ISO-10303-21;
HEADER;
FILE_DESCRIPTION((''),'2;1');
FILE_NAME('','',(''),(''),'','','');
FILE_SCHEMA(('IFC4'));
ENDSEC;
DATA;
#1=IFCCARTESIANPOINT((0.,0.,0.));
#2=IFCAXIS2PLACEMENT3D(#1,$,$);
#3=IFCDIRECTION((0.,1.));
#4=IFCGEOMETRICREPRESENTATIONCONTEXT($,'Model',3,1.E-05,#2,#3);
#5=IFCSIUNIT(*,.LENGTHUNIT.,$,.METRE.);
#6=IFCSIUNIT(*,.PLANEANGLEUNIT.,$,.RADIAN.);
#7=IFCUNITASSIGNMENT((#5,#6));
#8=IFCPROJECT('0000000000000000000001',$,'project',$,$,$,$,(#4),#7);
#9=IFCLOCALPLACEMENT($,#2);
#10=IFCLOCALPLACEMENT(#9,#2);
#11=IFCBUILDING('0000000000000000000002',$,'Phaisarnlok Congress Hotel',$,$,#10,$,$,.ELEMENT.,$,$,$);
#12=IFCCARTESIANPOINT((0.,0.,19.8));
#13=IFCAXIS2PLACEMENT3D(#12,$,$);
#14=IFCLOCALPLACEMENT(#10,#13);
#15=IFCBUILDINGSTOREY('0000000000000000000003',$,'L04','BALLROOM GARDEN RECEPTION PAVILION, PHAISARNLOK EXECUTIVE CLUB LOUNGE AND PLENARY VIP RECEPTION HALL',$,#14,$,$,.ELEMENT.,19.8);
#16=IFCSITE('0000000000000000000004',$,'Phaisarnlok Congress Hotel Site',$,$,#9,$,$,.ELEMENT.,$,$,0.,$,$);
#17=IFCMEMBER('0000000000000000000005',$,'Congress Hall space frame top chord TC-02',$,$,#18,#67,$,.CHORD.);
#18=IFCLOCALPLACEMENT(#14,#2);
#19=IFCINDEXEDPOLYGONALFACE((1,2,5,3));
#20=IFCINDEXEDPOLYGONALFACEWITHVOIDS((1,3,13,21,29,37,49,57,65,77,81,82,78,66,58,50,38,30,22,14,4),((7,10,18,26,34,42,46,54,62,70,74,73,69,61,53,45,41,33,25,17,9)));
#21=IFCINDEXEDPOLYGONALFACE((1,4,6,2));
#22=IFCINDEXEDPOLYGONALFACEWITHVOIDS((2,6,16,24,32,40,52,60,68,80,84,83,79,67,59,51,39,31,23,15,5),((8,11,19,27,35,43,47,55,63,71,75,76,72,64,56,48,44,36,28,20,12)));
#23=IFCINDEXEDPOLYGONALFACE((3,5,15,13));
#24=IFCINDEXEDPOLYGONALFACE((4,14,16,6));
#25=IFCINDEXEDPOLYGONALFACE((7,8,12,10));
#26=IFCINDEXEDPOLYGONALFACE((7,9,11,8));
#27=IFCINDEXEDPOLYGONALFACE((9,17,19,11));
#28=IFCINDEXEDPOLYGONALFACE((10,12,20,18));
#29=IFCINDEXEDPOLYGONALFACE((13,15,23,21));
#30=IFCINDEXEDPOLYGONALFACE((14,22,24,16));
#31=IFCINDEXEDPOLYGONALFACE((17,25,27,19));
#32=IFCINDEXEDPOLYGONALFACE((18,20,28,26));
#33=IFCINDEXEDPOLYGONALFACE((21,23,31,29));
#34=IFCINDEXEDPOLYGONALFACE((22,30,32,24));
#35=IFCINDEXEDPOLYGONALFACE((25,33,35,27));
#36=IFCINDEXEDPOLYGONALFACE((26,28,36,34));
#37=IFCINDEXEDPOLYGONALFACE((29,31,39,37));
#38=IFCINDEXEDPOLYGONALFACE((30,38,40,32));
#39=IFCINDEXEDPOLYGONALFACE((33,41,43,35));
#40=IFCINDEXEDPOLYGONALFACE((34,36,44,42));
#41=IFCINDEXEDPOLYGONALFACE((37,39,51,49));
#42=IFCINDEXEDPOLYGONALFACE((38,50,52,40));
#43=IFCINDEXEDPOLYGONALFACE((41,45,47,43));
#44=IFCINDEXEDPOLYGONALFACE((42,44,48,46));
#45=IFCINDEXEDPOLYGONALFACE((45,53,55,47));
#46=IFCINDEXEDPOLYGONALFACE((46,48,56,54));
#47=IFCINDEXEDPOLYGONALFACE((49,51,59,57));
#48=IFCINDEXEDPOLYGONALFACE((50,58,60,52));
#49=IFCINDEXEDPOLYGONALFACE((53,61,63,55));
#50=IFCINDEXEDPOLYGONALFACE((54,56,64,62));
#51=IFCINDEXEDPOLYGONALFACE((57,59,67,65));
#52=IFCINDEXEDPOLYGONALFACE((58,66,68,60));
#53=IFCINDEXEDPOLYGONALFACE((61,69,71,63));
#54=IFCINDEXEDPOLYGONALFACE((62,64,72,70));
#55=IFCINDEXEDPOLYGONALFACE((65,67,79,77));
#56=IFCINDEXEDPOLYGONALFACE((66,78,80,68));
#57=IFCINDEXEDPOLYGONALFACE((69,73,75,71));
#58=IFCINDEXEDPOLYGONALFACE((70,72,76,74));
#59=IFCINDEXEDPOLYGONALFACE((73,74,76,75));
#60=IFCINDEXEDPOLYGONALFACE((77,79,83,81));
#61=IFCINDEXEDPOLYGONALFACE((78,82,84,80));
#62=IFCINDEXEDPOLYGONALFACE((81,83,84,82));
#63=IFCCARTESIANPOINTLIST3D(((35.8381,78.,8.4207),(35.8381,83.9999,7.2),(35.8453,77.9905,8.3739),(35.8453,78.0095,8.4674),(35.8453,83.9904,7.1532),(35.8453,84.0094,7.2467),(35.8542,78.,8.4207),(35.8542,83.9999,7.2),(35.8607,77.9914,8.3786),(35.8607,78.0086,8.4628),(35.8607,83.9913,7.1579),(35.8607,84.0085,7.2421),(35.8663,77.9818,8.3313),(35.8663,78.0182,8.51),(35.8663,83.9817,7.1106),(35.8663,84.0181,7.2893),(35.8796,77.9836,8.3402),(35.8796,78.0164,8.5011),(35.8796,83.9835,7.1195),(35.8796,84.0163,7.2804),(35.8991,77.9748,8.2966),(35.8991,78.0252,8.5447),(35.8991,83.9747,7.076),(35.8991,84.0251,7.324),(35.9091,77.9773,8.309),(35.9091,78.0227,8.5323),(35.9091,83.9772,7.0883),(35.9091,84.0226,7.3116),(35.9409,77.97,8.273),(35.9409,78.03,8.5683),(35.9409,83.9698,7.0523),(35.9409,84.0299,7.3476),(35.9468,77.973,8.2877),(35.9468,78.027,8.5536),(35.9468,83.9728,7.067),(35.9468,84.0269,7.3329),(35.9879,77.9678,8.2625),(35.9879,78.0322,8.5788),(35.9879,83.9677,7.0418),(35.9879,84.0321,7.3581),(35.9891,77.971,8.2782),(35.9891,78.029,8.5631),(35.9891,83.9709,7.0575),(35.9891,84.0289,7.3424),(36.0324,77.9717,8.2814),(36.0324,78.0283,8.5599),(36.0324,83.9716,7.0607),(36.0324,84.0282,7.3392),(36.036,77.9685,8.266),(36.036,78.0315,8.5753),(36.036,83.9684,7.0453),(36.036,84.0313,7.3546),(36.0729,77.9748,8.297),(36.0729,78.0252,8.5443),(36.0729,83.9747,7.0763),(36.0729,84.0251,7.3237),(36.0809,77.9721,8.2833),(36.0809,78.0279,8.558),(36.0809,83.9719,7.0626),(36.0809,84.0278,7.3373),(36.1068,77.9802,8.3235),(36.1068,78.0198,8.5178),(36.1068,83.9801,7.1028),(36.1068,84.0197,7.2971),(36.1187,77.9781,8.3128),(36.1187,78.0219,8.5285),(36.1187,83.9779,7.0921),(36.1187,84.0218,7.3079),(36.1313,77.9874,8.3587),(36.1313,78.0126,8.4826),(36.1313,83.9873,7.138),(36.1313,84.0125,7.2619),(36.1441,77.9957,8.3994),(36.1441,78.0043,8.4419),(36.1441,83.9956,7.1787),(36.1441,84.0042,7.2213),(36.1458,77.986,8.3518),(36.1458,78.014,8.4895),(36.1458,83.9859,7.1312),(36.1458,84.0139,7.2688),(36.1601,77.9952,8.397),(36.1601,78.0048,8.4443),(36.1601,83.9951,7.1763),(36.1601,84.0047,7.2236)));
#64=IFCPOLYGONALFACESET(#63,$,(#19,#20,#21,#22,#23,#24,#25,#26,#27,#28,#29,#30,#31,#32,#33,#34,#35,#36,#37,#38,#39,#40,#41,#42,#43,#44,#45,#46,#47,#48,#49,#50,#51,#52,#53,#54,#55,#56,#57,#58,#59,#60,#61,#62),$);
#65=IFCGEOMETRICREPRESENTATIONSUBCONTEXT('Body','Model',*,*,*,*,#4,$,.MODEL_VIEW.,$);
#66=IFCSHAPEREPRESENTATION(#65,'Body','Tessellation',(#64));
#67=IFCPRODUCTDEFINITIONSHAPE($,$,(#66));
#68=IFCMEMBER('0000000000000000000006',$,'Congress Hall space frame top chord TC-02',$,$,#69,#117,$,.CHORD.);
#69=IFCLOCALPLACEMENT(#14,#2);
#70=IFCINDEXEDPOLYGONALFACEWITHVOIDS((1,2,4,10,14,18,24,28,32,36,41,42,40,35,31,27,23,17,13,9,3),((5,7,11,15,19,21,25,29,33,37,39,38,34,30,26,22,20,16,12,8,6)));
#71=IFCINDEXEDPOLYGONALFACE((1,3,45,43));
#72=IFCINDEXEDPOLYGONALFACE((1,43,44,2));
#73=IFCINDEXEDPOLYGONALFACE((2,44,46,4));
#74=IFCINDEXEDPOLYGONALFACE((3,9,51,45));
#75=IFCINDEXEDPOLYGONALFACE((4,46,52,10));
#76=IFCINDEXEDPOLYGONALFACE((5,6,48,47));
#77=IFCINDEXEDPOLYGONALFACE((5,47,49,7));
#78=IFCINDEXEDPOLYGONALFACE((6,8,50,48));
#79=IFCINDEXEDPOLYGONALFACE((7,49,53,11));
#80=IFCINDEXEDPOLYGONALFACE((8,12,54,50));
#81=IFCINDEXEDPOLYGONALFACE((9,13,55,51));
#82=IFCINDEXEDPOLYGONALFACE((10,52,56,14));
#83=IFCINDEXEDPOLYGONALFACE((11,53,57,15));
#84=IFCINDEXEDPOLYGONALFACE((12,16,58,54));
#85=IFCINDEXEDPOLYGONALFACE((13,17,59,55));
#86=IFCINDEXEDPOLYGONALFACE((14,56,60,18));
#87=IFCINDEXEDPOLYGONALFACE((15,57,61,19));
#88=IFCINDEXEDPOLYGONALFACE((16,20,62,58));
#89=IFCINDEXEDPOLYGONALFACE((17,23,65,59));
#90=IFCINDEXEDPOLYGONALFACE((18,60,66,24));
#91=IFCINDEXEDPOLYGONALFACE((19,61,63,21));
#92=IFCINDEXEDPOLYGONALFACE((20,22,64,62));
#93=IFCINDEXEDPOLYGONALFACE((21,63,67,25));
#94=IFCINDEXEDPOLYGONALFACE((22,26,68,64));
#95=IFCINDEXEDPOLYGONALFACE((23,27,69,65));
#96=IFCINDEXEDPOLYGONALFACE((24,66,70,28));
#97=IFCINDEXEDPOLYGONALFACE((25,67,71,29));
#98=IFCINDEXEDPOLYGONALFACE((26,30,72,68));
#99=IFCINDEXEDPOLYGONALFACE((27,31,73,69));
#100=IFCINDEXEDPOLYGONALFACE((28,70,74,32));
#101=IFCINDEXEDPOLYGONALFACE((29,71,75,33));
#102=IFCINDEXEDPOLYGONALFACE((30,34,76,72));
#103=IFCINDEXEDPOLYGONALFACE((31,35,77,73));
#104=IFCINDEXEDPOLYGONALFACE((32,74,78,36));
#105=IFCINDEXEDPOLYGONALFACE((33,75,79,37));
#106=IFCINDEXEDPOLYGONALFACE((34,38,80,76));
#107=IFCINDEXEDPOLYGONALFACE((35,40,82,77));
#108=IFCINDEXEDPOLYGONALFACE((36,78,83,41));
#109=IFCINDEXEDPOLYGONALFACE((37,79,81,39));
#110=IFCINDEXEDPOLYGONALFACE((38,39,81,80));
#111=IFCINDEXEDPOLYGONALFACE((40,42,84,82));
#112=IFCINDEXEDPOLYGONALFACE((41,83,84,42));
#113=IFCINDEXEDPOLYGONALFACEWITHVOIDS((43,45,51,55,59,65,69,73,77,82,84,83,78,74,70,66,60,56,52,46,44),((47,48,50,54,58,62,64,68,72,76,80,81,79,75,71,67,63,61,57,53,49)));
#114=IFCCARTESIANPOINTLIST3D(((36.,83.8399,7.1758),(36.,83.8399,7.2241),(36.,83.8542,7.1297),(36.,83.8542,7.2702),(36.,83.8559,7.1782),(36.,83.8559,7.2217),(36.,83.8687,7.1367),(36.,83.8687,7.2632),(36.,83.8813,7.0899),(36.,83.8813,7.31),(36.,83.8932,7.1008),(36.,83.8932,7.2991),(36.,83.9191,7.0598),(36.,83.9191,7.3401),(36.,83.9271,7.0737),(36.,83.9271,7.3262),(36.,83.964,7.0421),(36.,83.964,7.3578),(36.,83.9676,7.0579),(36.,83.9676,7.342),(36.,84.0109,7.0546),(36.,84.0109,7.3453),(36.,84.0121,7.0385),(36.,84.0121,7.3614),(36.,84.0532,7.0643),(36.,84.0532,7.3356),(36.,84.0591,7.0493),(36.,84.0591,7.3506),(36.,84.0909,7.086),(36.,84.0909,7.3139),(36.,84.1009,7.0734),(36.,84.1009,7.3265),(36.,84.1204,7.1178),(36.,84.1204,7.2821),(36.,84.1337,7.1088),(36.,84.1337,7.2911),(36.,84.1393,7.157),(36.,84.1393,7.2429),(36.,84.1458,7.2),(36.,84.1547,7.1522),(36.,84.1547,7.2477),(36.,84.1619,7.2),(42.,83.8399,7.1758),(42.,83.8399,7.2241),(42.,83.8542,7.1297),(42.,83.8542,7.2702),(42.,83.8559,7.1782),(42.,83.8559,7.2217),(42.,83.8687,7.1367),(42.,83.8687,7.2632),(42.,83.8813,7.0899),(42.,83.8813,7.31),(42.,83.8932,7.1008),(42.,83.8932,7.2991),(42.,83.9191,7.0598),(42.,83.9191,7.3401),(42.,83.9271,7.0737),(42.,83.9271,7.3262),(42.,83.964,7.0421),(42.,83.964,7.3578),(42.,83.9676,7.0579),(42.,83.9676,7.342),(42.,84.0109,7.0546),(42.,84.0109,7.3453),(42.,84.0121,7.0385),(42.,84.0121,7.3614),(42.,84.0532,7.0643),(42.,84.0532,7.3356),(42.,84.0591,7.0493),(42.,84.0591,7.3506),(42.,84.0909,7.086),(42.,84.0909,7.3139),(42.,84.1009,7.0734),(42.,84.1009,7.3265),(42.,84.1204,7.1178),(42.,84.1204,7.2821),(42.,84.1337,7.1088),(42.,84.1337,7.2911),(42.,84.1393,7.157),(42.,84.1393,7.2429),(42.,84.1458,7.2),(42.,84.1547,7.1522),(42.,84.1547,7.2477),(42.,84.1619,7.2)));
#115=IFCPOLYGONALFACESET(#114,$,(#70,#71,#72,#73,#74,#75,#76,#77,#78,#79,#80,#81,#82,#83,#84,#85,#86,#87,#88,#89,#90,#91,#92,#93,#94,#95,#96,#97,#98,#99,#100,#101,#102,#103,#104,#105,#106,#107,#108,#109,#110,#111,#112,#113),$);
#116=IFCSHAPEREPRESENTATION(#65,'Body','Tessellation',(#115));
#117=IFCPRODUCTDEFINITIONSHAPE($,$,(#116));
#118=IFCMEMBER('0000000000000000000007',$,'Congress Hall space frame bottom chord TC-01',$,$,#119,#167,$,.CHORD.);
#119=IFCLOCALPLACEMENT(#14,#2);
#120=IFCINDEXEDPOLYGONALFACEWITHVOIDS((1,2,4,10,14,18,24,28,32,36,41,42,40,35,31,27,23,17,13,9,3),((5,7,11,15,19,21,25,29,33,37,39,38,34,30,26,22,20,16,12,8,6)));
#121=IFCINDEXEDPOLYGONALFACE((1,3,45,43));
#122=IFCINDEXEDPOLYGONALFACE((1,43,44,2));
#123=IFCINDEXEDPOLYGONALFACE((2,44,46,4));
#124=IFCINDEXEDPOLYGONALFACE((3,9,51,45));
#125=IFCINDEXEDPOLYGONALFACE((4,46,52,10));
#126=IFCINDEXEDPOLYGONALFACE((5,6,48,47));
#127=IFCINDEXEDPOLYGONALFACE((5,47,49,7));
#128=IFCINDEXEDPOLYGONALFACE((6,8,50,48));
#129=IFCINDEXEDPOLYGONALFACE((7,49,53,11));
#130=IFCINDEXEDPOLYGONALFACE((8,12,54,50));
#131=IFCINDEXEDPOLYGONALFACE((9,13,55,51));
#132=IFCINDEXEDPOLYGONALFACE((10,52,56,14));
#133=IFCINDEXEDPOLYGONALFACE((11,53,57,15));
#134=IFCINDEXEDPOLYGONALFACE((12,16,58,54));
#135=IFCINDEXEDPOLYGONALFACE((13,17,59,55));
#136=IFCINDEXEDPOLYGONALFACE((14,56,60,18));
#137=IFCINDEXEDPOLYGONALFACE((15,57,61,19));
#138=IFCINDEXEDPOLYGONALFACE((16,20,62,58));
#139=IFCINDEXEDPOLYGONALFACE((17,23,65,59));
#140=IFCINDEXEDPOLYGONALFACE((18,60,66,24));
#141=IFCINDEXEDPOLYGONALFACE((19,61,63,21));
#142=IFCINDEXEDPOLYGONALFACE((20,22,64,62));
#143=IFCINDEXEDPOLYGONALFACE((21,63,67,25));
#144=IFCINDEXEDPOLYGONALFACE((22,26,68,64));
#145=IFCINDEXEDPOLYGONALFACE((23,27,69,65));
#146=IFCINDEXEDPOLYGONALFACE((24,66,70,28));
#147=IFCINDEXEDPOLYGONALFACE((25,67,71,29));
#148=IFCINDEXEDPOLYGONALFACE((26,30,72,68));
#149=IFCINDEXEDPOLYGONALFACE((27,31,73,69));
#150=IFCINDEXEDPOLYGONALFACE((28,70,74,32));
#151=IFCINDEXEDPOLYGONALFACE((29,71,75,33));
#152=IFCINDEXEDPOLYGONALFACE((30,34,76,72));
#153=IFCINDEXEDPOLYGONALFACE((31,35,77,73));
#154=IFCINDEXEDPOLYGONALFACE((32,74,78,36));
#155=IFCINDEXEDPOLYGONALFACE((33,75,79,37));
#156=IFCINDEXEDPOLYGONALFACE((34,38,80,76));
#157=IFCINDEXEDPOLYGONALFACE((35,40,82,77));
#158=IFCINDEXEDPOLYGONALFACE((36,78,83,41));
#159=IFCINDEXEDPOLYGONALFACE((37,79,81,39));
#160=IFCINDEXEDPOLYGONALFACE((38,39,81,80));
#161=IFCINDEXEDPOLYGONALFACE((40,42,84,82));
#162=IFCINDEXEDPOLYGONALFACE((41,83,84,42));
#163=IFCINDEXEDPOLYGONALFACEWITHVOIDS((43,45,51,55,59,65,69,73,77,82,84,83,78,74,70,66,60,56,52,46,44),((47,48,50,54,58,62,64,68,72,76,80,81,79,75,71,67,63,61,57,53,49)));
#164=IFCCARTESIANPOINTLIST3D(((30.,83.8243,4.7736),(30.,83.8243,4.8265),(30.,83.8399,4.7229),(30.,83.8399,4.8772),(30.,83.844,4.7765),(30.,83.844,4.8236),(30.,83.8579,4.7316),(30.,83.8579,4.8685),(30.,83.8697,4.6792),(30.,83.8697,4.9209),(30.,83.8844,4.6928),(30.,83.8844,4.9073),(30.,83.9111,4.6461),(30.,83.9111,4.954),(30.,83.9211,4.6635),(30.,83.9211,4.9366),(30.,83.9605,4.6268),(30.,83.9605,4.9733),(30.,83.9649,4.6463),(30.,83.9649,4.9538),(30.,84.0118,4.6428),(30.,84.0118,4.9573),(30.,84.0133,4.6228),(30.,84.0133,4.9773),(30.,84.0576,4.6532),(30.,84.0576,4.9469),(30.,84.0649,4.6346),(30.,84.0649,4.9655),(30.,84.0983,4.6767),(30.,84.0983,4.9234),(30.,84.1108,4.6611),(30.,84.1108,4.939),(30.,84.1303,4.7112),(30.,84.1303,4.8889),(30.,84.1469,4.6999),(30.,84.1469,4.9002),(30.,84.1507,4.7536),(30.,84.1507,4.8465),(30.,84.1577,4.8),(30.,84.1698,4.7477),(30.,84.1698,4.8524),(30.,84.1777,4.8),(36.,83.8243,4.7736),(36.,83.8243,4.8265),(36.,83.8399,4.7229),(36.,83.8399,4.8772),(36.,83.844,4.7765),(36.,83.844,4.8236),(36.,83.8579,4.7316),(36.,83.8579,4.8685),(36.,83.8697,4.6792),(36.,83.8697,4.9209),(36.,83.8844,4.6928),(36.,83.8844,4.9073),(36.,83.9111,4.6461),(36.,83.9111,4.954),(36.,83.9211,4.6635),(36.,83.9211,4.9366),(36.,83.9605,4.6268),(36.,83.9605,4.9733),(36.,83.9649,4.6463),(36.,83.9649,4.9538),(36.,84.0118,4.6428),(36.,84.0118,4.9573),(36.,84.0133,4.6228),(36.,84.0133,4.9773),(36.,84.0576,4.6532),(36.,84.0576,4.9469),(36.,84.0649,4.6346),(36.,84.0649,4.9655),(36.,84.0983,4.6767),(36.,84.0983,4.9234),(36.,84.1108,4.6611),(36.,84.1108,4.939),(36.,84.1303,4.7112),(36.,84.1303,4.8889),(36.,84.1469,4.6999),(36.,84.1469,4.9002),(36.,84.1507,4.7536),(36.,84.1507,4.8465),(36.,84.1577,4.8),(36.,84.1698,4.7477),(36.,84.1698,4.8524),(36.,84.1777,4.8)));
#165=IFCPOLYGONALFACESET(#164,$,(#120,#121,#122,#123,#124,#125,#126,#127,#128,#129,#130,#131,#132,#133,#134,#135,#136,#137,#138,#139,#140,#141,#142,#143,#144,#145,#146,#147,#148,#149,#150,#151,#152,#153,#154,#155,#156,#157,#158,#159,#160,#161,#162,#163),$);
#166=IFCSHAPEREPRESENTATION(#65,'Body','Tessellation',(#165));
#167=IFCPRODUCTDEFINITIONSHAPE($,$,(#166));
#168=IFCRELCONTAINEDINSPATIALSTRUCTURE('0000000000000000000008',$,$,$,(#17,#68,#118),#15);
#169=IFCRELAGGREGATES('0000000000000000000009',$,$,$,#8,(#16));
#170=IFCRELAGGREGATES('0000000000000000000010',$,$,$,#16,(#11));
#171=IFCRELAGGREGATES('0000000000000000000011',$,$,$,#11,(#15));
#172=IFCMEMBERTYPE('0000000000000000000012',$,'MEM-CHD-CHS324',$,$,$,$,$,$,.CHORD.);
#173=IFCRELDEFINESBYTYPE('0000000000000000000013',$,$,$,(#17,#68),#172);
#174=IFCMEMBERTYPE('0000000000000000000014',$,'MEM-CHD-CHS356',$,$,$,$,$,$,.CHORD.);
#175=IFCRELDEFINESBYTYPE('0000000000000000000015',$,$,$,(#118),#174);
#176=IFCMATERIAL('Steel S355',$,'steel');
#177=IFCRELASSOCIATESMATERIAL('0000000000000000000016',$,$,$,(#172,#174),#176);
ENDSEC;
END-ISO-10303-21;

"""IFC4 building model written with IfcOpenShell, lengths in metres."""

from ifc_helpers import new_model, si_unit, direction, frame, origin, origin_2d, place, context, subcontext, project, spatial, hollow_circle, extrude, material, material_profile, profile_set, type_object, element, save


model = new_model("IFC4")

# Units and contexts
model_context = context("Model", 3, precision=1e-05, world=origin(), true_north=direction((0.0, 1.0)))
body_context = subcontext(model_context, "Body", "Model", "MODEL_VIEW")
ifc_project = project(units=[si_unit("LENGTHUNIT", "METRE"), si_unit("PLANEANGLEUNIT", "RADIAN")], contexts=[model_context])

# Site, building, storey
site_placement = place(None, origin())
site = spatial("IfcSite", under=ifc_project, at=site_placement, Name="Phaisarnlok Congress Hotel Site", CompositionType="ELEMENT", RefElevation=0.0)
building_placement = place(site_placement, origin())
building = spatial("IfcBuilding", under=site, at=building_placement, Name="Phaisarnlok Congress Hotel", CompositionType="ELEMENT")
storey_placement = place(building_placement, frame((0.0, 0.0, 19.8)))
storey = spatial("IfcBuildingStorey", under=building, at=storey_placement, Name="L04", Description="BALLROOM GARDEN RECEPTION PAVILION, PHAISARNLOK EXECUTIVE CLUB LOUNGE AND PLENARY VIP RECEPTION HALL", CompositionType="ELEMENT", Elevation=19.8)

# Members
ifc_material_1 = material(Name="Steel S355", Category="steel")
ifc_material_profile_1 = material_profile(ifc_material_1, hollow_circle(Radius=0.1619, WallThickness=0.0161, at=origin_2d()), Name="CHS 323.9x16")
ifc_profile_set_1 = profile_set([ifc_material_profile_1], Name="Steel S355")
member_type_1 = type_object("IfcMemberType", Name="MEM-CHD-CHS324", PredefinedType="CHORD", material=ifc_profile_set_1)
member_1_placement = place(storey_placement, frame((36.0, 78.0, 8.4207), z_axis=(0.0, 0.979925, -0.199366), x_axis=(-1.0, 0.0, 0.0)))
element("IfcMember", 1, at=member_1_placement, inside=storey, type_object=member_type_1, Name="Congress Hall space frame top chord TC-02", PredefinedType="CHORD", context=body_context, shape_type="SweptSolid", body=[
    extrude(hollow_circle(Radius=0.1619, WallThickness=0.0161, at=origin_2d()), origin(), (0.0, 0.0, 1.0), 6.1228),
])
member_2_placement = place(storey_placement, frame((36.0, 84.0, 7.2), z_axis=(1.0, 0.0, 0.0), x_axis=(0.0, 1.0, 0.0)))
element("IfcMember", 2, at=member_2_placement, inside=storey, type_object=member_type_1, Name="Congress Hall space frame top chord TC-02", PredefinedType="CHORD", context=body_context, shape_type="SweptSolid", body=[
    extrude(hollow_circle(Radius=0.1619, WallThickness=0.0161, at=origin_2d()), origin(), (0.0, 0.0, 1.0), 6.0),
])
ifc_material_profile_2 = material_profile(ifc_material_1, hollow_circle(Radius=0.1777, WallThickness=0.02, at=origin_2d()), Name="CHS 355.6x20")
ifc_profile_set_2 = profile_set([ifc_material_profile_2], Name="Steel S355")
member_type_2 = type_object("IfcMemberType", Name="MEM-CHD-CHS356", PredefinedType="CHORD", material=ifc_profile_set_2)
for number, where, z_axis, x_axis, name in (
    (3, (30.0, 84.0, 4.8), (1.0, 0.0, 0.0), (0.0, 1.0, 0.0), "Congress Hall space frame bottom chord TC-01"),
):
    element("IfcMember", number, at=place(storey_placement, frame(where, z_axis=z_axis, x_axis=x_axis)), inside=storey, type_object=member_type_2, Name=name, PredefinedType="CHORD", context=body_context, shape_type="SweptSolid", body=[
        extrude(hollow_circle(Radius=0.1777, WallThickness=0.02, at=origin_2d()), origin(), (0.0, 0.0, 1.0), 6.0),
    ])

save(model, "model.ifc")
